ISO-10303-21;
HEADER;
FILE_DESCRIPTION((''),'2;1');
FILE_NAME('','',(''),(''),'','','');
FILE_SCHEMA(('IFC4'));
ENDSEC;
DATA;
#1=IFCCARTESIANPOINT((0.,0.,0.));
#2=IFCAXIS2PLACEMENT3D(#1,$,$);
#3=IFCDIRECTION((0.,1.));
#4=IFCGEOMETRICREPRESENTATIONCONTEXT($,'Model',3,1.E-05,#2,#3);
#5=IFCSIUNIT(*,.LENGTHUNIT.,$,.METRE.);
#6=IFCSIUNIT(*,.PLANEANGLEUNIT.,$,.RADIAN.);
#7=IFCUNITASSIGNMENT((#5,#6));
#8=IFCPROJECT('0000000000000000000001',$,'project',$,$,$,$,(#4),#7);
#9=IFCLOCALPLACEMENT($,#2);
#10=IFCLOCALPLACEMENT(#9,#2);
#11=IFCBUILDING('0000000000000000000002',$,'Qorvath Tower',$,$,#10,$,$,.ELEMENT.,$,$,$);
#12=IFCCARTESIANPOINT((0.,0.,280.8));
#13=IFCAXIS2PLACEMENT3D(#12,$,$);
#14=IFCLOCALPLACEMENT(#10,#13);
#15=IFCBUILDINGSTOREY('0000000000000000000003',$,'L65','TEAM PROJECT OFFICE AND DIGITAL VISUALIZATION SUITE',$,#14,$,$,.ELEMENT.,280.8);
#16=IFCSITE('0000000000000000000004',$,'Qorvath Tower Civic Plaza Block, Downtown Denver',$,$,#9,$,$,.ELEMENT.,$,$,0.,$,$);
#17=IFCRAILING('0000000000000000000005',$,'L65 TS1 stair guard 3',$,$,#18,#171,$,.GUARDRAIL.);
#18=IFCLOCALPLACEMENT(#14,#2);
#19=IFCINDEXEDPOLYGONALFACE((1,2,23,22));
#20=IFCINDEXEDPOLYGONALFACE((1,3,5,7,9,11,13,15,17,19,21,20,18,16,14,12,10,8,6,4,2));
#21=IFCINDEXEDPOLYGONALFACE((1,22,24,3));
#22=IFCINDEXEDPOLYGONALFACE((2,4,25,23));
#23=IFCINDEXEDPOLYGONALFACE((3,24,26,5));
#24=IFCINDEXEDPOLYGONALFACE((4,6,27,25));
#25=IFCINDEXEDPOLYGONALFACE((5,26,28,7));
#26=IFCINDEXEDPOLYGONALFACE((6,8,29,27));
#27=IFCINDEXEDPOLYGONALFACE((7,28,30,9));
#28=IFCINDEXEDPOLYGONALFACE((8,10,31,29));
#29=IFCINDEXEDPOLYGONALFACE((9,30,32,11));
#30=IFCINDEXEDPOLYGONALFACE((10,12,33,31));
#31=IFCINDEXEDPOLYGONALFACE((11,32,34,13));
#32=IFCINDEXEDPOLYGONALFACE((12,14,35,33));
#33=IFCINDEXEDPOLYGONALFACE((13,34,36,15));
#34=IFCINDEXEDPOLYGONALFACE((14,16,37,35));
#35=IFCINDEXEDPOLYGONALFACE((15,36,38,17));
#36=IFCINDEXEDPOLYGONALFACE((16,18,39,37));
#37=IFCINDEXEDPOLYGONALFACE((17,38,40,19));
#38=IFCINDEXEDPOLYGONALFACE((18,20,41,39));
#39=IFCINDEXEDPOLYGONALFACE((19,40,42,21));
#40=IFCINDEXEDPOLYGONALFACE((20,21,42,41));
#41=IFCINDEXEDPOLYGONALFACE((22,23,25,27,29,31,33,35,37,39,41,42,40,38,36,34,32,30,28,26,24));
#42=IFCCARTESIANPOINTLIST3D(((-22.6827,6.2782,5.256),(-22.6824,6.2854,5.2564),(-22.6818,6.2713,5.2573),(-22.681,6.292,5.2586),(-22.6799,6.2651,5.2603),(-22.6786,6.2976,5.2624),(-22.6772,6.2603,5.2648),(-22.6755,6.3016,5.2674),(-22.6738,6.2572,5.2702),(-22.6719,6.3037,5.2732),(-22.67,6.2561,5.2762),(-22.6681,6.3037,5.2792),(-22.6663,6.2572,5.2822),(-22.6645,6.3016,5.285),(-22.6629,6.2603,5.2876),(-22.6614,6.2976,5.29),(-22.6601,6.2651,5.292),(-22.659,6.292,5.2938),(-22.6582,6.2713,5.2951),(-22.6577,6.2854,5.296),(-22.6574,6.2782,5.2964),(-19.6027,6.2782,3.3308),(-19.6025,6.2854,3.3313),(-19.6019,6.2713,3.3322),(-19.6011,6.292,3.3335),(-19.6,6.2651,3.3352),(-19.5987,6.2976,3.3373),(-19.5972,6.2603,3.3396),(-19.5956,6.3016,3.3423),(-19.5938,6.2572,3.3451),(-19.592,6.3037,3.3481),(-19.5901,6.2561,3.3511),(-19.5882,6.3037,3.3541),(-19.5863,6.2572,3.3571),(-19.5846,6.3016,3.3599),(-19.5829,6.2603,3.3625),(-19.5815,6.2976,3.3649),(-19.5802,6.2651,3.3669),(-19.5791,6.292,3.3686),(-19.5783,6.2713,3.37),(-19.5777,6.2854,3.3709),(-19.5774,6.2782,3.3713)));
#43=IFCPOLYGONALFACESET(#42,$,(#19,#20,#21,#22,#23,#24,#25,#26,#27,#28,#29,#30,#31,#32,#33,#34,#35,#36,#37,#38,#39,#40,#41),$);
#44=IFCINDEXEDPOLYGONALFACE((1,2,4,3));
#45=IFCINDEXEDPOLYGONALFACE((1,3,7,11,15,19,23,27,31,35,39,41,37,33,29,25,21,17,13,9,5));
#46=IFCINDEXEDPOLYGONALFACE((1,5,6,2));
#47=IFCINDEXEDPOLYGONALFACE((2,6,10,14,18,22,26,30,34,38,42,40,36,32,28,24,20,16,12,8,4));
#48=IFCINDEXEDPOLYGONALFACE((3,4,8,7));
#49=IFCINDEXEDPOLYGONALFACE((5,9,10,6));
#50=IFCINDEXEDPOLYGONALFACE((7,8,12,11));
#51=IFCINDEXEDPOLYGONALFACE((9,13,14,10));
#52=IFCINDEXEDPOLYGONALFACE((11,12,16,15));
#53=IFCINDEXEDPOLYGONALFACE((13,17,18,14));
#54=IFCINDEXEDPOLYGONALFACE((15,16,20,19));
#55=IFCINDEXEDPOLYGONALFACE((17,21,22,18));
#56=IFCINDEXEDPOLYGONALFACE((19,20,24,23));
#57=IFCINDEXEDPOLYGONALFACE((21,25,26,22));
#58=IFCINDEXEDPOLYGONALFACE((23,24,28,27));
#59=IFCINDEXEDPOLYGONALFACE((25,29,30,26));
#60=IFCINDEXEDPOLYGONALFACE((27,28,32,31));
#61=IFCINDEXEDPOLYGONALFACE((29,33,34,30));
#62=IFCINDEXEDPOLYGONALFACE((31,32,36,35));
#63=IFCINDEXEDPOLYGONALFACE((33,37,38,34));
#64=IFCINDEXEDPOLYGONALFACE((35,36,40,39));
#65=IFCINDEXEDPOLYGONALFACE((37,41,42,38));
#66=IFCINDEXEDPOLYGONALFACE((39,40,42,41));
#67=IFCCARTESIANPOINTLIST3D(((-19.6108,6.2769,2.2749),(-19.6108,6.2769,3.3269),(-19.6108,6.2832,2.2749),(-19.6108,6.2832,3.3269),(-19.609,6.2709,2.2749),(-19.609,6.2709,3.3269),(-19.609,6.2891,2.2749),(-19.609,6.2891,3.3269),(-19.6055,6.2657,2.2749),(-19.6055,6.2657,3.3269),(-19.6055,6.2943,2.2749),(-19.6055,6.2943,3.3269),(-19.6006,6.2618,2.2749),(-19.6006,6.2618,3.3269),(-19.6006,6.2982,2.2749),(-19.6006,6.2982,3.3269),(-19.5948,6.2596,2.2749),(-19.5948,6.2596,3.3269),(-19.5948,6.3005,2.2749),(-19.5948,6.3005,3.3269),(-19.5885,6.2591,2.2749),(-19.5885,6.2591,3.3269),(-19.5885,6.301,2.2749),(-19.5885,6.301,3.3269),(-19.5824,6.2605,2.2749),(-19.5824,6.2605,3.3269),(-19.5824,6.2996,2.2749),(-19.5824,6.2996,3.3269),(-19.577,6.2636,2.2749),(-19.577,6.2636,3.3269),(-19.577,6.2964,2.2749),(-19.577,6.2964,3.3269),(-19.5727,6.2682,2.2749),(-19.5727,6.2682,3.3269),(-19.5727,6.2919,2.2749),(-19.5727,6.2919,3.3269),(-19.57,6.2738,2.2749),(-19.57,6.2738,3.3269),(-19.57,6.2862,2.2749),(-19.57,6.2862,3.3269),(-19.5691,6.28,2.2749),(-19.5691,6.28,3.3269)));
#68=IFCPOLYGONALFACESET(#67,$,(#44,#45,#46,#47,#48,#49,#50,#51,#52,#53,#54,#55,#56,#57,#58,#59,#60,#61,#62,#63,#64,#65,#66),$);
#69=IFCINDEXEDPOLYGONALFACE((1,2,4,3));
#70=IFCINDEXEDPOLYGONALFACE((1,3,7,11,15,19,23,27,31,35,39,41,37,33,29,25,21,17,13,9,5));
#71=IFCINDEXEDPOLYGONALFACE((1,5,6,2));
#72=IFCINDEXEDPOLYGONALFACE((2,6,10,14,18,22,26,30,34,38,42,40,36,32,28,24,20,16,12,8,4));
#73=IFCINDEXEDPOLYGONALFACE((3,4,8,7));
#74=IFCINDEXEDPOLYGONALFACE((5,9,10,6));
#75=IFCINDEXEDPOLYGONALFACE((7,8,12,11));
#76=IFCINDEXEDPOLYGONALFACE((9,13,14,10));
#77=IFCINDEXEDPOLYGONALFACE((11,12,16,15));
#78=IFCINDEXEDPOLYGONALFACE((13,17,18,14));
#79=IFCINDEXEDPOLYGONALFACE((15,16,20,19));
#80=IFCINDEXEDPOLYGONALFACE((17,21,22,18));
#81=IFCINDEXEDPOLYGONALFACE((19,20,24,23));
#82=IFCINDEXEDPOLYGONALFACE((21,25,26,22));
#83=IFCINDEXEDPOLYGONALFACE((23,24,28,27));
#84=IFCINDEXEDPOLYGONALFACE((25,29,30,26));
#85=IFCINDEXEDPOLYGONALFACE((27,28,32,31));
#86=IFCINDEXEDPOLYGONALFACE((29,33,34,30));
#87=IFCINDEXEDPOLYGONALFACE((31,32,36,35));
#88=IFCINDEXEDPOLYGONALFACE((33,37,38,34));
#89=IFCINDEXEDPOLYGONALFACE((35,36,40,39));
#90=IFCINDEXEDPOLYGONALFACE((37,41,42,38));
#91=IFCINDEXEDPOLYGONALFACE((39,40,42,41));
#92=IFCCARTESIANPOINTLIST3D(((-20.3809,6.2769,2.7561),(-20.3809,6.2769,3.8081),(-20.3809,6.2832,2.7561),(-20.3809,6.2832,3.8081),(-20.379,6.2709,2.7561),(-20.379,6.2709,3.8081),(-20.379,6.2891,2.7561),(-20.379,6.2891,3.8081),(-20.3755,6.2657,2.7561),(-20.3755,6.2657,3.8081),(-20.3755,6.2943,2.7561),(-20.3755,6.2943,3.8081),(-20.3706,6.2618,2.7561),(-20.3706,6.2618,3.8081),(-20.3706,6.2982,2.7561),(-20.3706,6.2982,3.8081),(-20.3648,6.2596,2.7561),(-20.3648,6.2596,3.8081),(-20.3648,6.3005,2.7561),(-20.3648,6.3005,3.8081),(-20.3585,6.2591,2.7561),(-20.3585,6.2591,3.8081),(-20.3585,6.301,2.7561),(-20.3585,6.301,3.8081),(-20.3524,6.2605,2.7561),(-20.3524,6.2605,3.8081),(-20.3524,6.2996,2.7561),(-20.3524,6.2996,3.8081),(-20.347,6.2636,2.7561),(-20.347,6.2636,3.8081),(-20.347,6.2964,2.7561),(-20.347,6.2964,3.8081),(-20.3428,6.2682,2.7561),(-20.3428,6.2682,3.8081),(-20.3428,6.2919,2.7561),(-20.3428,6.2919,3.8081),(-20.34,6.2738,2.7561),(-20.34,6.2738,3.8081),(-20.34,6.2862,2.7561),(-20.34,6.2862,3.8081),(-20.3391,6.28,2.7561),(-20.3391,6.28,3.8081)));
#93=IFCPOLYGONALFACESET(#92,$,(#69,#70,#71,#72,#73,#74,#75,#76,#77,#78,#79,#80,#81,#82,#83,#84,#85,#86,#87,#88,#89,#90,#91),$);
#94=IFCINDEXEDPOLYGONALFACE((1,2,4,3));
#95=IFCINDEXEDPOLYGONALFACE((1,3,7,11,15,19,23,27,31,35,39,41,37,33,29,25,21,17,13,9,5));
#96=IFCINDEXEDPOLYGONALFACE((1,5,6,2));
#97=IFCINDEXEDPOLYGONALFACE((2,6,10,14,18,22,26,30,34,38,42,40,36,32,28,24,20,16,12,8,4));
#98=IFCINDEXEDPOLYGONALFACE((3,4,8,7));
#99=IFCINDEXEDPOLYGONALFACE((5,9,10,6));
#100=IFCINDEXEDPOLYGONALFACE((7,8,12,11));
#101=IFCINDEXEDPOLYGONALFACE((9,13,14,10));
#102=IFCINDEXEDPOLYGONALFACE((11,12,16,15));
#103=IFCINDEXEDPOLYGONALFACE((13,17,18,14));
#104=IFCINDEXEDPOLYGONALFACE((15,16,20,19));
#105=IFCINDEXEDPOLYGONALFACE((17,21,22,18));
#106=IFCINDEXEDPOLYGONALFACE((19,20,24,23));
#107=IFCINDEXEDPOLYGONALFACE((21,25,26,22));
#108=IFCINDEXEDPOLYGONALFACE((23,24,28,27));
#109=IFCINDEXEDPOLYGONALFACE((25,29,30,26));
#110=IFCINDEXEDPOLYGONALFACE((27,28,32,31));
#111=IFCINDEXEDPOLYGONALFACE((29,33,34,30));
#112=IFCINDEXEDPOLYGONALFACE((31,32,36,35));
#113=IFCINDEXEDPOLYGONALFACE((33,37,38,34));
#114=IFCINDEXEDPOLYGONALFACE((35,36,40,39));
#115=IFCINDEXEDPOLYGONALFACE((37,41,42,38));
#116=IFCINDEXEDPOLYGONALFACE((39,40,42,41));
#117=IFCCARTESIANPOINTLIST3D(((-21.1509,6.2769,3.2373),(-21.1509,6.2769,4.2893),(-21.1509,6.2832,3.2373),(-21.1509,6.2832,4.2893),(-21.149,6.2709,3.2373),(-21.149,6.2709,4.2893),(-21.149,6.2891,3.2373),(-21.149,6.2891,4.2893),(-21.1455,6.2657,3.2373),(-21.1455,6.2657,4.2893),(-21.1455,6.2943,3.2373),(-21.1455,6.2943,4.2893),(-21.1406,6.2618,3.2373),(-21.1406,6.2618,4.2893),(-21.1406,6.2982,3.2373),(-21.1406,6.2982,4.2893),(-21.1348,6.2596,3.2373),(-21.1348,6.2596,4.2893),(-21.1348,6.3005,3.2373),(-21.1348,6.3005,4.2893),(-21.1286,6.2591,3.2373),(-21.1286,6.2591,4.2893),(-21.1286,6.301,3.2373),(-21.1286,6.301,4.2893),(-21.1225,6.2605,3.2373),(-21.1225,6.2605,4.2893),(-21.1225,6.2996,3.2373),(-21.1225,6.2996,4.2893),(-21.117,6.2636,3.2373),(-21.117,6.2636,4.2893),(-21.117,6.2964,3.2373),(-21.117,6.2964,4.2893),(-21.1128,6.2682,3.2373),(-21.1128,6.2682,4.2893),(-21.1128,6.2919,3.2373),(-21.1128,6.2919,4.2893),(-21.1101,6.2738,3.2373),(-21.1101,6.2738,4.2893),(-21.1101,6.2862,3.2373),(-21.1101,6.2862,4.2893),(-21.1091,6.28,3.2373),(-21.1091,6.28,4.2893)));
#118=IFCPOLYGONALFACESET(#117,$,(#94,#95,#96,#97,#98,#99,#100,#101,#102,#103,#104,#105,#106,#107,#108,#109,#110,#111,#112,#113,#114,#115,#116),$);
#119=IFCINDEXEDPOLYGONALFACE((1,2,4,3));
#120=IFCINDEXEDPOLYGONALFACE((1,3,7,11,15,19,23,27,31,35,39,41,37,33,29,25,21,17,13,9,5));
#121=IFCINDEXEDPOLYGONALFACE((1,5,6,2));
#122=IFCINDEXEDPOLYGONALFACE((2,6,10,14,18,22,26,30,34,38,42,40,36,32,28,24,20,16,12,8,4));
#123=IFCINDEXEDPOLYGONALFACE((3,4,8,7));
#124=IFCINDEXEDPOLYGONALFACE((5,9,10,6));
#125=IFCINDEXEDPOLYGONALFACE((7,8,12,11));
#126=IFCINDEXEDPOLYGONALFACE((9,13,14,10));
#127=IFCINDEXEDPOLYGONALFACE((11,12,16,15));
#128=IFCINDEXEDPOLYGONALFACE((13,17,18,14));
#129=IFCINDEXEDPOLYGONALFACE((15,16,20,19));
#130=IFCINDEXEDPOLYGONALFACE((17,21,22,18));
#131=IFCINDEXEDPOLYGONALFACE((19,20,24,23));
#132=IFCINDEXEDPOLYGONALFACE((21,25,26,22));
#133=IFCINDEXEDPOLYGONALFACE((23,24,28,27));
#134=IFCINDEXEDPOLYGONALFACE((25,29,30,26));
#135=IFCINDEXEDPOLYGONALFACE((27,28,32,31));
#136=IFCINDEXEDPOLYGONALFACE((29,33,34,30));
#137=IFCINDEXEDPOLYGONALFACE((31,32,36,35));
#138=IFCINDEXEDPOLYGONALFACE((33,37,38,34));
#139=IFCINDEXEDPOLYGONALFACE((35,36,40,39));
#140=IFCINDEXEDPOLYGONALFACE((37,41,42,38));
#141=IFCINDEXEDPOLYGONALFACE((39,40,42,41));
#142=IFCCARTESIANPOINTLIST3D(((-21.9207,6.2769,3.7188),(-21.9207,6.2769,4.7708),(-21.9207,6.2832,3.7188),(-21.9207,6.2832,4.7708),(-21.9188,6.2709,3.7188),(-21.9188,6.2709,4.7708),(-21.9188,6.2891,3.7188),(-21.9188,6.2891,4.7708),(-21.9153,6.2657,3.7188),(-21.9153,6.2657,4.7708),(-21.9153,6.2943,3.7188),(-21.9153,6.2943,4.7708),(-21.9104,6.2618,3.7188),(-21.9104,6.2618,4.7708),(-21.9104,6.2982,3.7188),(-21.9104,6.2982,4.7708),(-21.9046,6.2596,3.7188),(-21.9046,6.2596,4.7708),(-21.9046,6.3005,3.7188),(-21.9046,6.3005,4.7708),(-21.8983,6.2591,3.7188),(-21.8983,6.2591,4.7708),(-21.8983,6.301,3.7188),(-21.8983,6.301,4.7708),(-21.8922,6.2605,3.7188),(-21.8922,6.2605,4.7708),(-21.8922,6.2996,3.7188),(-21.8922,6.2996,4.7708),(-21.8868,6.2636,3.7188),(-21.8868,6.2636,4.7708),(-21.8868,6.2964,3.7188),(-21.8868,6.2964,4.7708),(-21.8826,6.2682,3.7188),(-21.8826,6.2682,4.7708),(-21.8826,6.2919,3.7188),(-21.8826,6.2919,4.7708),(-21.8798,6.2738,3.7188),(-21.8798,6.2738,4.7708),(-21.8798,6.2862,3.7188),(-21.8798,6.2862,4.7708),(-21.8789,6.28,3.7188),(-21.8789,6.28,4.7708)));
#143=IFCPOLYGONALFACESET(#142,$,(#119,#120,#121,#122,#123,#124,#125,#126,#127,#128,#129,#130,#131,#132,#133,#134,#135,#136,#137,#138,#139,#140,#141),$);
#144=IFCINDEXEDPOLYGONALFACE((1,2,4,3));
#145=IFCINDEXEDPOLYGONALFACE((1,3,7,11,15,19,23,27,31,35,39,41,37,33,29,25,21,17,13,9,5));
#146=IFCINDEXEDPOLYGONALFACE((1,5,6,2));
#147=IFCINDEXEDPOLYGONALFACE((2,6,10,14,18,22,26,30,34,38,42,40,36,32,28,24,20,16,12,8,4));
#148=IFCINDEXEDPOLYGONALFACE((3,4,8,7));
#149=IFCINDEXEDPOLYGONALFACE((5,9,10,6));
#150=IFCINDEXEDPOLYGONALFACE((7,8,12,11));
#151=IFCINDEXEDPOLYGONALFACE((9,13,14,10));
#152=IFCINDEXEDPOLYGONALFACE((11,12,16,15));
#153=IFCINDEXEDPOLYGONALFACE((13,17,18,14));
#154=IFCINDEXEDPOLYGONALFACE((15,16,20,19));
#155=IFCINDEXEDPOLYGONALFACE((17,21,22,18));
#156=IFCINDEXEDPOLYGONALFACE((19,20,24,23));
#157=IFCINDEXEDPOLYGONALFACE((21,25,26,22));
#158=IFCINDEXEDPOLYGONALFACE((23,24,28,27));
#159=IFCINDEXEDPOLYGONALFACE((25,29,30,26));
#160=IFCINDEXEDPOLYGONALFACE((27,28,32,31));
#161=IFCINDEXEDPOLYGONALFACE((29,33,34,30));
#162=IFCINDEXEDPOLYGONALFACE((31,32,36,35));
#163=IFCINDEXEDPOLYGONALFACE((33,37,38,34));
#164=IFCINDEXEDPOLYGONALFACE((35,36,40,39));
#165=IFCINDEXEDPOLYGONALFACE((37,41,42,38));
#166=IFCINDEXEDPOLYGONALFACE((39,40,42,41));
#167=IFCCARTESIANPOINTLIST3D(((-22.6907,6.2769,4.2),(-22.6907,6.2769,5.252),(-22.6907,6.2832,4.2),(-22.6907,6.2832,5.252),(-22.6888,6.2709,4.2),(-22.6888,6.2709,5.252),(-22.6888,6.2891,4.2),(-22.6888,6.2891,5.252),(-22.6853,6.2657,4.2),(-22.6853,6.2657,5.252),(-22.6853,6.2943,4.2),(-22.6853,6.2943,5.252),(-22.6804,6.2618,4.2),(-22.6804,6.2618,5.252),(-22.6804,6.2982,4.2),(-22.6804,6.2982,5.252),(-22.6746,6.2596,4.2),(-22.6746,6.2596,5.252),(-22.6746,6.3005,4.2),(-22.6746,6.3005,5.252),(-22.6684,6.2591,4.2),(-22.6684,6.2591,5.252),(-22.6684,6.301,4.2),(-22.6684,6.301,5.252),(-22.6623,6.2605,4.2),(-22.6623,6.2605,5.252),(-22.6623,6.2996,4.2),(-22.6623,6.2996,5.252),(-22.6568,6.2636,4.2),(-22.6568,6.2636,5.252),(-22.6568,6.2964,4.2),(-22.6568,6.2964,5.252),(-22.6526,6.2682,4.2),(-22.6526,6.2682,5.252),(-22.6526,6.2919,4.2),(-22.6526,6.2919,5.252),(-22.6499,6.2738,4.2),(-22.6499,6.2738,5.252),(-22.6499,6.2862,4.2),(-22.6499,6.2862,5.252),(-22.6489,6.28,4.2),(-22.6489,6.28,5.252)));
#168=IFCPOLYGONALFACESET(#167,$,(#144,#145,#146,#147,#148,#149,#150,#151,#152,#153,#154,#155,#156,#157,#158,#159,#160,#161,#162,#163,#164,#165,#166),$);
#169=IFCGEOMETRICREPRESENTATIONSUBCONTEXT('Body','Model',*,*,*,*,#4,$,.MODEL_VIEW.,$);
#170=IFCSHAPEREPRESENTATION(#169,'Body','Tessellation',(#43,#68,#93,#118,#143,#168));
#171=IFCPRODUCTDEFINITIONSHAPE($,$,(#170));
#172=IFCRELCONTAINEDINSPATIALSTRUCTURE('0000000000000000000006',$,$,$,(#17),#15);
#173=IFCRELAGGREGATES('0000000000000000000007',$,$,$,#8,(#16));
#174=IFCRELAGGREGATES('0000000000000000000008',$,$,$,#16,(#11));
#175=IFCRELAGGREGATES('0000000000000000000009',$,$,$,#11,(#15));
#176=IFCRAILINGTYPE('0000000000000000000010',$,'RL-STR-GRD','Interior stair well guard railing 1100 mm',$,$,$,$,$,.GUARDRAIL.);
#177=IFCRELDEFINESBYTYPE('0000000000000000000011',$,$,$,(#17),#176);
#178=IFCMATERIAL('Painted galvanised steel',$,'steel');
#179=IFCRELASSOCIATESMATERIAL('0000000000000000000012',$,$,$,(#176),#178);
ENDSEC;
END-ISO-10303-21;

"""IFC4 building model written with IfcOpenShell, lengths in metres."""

from ifc_helpers import new_model, si_unit, direction, frame, origin, origin_2d, place, context, subcontext, project, spatial, circle, extrude, material, type_object, element, save


model = new_model("IFC4")

# Units and contexts
model_context = context("Model", 3, precision=1e-05, world=origin(), true_north=direction((0.0, 1.0)))
body_context = subcontext(model_context, "Body", "Model", "MODEL_VIEW")
ifc_project = project(units=[si_unit("LENGTHUNIT", "METRE"), si_unit("PLANEANGLEUNIT", "RADIAN")], contexts=[model_context])

# Site, building, storey
site_placement = place(None, origin())
site = spatial("IfcSite", under=ifc_project, at=site_placement, Name="Qorvath Tower Civic Plaza Block, Downtown Denver", CompositionType="ELEMENT", RefElevation=0.0)
building_placement = place(site_placement, origin())
building = spatial("IfcBuilding", under=site, at=building_placement, Name="Qorvath Tower", CompositionType="ELEMENT")
storey_placement = place(building_placement, frame((0.0, 0.0, 280.8)))
storey = spatial("IfcBuildingStorey", under=building, at=storey_placement, Name="L65", Description="TEAM PROJECT OFFICE AND DIGITAL VISUALIZATION SUITE", CompositionType="ELEMENT", Elevation=280.8)

# Railing
ifc_material_1 = material(Name="Painted galvanised steel", Category="steel")
railing_type_1 = type_object("IfcRailingType", Name="RL-STR-GRD", Description="Interior stair well guard railing 1100 mm", PredefinedType="GUARDRAIL", material=ifc_material_1)
railing_1_placement = place(storey_placement, frame((-19.5901, 6.28, 2.2749)))
element("IfcRailing", 1, at=railing_1_placement, inside=storey, type_object=railing_type_1, Name="L65 TS1 stair guard 3", PredefinedType="GUARDRAIL", context=body_context, shape_type="SweptSolid", body=[
    extrude(circle(Radius=0.0239, at=origin_2d()), frame((0.0, 0.0, 1.0762), z_axis=(-0.847979, 0.0, 0.530029), x_axis=(0.0, -1.0, 0.0)), (0.0, 0.0, 1.0), 3.6321),
    extrude(circle(Radius=0.021, at=origin_2d()), origin(), (0.0, 0.0, 1.0), 1.052),
    extrude(circle(Radius=0.021, at=origin_2d()), frame((-0.77, 0.0, 0.4812)), (0.0, 0.0, 1.0), 1.052),
    extrude(circle(Radius=0.021, at=origin_2d()), frame((-1.54, 0.0, 0.9624)), (0.0, 0.0, 1.0), 1.052),
    extrude(circle(Radius=0.021, at=origin_2d()), frame((-2.3098, 0.0, 1.4438)), (0.0, 0.0, 1.0), 1.052),
    extrude(circle(Radius=0.021, at=origin_2d()), frame((-3.0798, 0.0, 1.925)), (0.0, 0.0, 1.0), 1.052),
])

save(model, "model.ifc")
